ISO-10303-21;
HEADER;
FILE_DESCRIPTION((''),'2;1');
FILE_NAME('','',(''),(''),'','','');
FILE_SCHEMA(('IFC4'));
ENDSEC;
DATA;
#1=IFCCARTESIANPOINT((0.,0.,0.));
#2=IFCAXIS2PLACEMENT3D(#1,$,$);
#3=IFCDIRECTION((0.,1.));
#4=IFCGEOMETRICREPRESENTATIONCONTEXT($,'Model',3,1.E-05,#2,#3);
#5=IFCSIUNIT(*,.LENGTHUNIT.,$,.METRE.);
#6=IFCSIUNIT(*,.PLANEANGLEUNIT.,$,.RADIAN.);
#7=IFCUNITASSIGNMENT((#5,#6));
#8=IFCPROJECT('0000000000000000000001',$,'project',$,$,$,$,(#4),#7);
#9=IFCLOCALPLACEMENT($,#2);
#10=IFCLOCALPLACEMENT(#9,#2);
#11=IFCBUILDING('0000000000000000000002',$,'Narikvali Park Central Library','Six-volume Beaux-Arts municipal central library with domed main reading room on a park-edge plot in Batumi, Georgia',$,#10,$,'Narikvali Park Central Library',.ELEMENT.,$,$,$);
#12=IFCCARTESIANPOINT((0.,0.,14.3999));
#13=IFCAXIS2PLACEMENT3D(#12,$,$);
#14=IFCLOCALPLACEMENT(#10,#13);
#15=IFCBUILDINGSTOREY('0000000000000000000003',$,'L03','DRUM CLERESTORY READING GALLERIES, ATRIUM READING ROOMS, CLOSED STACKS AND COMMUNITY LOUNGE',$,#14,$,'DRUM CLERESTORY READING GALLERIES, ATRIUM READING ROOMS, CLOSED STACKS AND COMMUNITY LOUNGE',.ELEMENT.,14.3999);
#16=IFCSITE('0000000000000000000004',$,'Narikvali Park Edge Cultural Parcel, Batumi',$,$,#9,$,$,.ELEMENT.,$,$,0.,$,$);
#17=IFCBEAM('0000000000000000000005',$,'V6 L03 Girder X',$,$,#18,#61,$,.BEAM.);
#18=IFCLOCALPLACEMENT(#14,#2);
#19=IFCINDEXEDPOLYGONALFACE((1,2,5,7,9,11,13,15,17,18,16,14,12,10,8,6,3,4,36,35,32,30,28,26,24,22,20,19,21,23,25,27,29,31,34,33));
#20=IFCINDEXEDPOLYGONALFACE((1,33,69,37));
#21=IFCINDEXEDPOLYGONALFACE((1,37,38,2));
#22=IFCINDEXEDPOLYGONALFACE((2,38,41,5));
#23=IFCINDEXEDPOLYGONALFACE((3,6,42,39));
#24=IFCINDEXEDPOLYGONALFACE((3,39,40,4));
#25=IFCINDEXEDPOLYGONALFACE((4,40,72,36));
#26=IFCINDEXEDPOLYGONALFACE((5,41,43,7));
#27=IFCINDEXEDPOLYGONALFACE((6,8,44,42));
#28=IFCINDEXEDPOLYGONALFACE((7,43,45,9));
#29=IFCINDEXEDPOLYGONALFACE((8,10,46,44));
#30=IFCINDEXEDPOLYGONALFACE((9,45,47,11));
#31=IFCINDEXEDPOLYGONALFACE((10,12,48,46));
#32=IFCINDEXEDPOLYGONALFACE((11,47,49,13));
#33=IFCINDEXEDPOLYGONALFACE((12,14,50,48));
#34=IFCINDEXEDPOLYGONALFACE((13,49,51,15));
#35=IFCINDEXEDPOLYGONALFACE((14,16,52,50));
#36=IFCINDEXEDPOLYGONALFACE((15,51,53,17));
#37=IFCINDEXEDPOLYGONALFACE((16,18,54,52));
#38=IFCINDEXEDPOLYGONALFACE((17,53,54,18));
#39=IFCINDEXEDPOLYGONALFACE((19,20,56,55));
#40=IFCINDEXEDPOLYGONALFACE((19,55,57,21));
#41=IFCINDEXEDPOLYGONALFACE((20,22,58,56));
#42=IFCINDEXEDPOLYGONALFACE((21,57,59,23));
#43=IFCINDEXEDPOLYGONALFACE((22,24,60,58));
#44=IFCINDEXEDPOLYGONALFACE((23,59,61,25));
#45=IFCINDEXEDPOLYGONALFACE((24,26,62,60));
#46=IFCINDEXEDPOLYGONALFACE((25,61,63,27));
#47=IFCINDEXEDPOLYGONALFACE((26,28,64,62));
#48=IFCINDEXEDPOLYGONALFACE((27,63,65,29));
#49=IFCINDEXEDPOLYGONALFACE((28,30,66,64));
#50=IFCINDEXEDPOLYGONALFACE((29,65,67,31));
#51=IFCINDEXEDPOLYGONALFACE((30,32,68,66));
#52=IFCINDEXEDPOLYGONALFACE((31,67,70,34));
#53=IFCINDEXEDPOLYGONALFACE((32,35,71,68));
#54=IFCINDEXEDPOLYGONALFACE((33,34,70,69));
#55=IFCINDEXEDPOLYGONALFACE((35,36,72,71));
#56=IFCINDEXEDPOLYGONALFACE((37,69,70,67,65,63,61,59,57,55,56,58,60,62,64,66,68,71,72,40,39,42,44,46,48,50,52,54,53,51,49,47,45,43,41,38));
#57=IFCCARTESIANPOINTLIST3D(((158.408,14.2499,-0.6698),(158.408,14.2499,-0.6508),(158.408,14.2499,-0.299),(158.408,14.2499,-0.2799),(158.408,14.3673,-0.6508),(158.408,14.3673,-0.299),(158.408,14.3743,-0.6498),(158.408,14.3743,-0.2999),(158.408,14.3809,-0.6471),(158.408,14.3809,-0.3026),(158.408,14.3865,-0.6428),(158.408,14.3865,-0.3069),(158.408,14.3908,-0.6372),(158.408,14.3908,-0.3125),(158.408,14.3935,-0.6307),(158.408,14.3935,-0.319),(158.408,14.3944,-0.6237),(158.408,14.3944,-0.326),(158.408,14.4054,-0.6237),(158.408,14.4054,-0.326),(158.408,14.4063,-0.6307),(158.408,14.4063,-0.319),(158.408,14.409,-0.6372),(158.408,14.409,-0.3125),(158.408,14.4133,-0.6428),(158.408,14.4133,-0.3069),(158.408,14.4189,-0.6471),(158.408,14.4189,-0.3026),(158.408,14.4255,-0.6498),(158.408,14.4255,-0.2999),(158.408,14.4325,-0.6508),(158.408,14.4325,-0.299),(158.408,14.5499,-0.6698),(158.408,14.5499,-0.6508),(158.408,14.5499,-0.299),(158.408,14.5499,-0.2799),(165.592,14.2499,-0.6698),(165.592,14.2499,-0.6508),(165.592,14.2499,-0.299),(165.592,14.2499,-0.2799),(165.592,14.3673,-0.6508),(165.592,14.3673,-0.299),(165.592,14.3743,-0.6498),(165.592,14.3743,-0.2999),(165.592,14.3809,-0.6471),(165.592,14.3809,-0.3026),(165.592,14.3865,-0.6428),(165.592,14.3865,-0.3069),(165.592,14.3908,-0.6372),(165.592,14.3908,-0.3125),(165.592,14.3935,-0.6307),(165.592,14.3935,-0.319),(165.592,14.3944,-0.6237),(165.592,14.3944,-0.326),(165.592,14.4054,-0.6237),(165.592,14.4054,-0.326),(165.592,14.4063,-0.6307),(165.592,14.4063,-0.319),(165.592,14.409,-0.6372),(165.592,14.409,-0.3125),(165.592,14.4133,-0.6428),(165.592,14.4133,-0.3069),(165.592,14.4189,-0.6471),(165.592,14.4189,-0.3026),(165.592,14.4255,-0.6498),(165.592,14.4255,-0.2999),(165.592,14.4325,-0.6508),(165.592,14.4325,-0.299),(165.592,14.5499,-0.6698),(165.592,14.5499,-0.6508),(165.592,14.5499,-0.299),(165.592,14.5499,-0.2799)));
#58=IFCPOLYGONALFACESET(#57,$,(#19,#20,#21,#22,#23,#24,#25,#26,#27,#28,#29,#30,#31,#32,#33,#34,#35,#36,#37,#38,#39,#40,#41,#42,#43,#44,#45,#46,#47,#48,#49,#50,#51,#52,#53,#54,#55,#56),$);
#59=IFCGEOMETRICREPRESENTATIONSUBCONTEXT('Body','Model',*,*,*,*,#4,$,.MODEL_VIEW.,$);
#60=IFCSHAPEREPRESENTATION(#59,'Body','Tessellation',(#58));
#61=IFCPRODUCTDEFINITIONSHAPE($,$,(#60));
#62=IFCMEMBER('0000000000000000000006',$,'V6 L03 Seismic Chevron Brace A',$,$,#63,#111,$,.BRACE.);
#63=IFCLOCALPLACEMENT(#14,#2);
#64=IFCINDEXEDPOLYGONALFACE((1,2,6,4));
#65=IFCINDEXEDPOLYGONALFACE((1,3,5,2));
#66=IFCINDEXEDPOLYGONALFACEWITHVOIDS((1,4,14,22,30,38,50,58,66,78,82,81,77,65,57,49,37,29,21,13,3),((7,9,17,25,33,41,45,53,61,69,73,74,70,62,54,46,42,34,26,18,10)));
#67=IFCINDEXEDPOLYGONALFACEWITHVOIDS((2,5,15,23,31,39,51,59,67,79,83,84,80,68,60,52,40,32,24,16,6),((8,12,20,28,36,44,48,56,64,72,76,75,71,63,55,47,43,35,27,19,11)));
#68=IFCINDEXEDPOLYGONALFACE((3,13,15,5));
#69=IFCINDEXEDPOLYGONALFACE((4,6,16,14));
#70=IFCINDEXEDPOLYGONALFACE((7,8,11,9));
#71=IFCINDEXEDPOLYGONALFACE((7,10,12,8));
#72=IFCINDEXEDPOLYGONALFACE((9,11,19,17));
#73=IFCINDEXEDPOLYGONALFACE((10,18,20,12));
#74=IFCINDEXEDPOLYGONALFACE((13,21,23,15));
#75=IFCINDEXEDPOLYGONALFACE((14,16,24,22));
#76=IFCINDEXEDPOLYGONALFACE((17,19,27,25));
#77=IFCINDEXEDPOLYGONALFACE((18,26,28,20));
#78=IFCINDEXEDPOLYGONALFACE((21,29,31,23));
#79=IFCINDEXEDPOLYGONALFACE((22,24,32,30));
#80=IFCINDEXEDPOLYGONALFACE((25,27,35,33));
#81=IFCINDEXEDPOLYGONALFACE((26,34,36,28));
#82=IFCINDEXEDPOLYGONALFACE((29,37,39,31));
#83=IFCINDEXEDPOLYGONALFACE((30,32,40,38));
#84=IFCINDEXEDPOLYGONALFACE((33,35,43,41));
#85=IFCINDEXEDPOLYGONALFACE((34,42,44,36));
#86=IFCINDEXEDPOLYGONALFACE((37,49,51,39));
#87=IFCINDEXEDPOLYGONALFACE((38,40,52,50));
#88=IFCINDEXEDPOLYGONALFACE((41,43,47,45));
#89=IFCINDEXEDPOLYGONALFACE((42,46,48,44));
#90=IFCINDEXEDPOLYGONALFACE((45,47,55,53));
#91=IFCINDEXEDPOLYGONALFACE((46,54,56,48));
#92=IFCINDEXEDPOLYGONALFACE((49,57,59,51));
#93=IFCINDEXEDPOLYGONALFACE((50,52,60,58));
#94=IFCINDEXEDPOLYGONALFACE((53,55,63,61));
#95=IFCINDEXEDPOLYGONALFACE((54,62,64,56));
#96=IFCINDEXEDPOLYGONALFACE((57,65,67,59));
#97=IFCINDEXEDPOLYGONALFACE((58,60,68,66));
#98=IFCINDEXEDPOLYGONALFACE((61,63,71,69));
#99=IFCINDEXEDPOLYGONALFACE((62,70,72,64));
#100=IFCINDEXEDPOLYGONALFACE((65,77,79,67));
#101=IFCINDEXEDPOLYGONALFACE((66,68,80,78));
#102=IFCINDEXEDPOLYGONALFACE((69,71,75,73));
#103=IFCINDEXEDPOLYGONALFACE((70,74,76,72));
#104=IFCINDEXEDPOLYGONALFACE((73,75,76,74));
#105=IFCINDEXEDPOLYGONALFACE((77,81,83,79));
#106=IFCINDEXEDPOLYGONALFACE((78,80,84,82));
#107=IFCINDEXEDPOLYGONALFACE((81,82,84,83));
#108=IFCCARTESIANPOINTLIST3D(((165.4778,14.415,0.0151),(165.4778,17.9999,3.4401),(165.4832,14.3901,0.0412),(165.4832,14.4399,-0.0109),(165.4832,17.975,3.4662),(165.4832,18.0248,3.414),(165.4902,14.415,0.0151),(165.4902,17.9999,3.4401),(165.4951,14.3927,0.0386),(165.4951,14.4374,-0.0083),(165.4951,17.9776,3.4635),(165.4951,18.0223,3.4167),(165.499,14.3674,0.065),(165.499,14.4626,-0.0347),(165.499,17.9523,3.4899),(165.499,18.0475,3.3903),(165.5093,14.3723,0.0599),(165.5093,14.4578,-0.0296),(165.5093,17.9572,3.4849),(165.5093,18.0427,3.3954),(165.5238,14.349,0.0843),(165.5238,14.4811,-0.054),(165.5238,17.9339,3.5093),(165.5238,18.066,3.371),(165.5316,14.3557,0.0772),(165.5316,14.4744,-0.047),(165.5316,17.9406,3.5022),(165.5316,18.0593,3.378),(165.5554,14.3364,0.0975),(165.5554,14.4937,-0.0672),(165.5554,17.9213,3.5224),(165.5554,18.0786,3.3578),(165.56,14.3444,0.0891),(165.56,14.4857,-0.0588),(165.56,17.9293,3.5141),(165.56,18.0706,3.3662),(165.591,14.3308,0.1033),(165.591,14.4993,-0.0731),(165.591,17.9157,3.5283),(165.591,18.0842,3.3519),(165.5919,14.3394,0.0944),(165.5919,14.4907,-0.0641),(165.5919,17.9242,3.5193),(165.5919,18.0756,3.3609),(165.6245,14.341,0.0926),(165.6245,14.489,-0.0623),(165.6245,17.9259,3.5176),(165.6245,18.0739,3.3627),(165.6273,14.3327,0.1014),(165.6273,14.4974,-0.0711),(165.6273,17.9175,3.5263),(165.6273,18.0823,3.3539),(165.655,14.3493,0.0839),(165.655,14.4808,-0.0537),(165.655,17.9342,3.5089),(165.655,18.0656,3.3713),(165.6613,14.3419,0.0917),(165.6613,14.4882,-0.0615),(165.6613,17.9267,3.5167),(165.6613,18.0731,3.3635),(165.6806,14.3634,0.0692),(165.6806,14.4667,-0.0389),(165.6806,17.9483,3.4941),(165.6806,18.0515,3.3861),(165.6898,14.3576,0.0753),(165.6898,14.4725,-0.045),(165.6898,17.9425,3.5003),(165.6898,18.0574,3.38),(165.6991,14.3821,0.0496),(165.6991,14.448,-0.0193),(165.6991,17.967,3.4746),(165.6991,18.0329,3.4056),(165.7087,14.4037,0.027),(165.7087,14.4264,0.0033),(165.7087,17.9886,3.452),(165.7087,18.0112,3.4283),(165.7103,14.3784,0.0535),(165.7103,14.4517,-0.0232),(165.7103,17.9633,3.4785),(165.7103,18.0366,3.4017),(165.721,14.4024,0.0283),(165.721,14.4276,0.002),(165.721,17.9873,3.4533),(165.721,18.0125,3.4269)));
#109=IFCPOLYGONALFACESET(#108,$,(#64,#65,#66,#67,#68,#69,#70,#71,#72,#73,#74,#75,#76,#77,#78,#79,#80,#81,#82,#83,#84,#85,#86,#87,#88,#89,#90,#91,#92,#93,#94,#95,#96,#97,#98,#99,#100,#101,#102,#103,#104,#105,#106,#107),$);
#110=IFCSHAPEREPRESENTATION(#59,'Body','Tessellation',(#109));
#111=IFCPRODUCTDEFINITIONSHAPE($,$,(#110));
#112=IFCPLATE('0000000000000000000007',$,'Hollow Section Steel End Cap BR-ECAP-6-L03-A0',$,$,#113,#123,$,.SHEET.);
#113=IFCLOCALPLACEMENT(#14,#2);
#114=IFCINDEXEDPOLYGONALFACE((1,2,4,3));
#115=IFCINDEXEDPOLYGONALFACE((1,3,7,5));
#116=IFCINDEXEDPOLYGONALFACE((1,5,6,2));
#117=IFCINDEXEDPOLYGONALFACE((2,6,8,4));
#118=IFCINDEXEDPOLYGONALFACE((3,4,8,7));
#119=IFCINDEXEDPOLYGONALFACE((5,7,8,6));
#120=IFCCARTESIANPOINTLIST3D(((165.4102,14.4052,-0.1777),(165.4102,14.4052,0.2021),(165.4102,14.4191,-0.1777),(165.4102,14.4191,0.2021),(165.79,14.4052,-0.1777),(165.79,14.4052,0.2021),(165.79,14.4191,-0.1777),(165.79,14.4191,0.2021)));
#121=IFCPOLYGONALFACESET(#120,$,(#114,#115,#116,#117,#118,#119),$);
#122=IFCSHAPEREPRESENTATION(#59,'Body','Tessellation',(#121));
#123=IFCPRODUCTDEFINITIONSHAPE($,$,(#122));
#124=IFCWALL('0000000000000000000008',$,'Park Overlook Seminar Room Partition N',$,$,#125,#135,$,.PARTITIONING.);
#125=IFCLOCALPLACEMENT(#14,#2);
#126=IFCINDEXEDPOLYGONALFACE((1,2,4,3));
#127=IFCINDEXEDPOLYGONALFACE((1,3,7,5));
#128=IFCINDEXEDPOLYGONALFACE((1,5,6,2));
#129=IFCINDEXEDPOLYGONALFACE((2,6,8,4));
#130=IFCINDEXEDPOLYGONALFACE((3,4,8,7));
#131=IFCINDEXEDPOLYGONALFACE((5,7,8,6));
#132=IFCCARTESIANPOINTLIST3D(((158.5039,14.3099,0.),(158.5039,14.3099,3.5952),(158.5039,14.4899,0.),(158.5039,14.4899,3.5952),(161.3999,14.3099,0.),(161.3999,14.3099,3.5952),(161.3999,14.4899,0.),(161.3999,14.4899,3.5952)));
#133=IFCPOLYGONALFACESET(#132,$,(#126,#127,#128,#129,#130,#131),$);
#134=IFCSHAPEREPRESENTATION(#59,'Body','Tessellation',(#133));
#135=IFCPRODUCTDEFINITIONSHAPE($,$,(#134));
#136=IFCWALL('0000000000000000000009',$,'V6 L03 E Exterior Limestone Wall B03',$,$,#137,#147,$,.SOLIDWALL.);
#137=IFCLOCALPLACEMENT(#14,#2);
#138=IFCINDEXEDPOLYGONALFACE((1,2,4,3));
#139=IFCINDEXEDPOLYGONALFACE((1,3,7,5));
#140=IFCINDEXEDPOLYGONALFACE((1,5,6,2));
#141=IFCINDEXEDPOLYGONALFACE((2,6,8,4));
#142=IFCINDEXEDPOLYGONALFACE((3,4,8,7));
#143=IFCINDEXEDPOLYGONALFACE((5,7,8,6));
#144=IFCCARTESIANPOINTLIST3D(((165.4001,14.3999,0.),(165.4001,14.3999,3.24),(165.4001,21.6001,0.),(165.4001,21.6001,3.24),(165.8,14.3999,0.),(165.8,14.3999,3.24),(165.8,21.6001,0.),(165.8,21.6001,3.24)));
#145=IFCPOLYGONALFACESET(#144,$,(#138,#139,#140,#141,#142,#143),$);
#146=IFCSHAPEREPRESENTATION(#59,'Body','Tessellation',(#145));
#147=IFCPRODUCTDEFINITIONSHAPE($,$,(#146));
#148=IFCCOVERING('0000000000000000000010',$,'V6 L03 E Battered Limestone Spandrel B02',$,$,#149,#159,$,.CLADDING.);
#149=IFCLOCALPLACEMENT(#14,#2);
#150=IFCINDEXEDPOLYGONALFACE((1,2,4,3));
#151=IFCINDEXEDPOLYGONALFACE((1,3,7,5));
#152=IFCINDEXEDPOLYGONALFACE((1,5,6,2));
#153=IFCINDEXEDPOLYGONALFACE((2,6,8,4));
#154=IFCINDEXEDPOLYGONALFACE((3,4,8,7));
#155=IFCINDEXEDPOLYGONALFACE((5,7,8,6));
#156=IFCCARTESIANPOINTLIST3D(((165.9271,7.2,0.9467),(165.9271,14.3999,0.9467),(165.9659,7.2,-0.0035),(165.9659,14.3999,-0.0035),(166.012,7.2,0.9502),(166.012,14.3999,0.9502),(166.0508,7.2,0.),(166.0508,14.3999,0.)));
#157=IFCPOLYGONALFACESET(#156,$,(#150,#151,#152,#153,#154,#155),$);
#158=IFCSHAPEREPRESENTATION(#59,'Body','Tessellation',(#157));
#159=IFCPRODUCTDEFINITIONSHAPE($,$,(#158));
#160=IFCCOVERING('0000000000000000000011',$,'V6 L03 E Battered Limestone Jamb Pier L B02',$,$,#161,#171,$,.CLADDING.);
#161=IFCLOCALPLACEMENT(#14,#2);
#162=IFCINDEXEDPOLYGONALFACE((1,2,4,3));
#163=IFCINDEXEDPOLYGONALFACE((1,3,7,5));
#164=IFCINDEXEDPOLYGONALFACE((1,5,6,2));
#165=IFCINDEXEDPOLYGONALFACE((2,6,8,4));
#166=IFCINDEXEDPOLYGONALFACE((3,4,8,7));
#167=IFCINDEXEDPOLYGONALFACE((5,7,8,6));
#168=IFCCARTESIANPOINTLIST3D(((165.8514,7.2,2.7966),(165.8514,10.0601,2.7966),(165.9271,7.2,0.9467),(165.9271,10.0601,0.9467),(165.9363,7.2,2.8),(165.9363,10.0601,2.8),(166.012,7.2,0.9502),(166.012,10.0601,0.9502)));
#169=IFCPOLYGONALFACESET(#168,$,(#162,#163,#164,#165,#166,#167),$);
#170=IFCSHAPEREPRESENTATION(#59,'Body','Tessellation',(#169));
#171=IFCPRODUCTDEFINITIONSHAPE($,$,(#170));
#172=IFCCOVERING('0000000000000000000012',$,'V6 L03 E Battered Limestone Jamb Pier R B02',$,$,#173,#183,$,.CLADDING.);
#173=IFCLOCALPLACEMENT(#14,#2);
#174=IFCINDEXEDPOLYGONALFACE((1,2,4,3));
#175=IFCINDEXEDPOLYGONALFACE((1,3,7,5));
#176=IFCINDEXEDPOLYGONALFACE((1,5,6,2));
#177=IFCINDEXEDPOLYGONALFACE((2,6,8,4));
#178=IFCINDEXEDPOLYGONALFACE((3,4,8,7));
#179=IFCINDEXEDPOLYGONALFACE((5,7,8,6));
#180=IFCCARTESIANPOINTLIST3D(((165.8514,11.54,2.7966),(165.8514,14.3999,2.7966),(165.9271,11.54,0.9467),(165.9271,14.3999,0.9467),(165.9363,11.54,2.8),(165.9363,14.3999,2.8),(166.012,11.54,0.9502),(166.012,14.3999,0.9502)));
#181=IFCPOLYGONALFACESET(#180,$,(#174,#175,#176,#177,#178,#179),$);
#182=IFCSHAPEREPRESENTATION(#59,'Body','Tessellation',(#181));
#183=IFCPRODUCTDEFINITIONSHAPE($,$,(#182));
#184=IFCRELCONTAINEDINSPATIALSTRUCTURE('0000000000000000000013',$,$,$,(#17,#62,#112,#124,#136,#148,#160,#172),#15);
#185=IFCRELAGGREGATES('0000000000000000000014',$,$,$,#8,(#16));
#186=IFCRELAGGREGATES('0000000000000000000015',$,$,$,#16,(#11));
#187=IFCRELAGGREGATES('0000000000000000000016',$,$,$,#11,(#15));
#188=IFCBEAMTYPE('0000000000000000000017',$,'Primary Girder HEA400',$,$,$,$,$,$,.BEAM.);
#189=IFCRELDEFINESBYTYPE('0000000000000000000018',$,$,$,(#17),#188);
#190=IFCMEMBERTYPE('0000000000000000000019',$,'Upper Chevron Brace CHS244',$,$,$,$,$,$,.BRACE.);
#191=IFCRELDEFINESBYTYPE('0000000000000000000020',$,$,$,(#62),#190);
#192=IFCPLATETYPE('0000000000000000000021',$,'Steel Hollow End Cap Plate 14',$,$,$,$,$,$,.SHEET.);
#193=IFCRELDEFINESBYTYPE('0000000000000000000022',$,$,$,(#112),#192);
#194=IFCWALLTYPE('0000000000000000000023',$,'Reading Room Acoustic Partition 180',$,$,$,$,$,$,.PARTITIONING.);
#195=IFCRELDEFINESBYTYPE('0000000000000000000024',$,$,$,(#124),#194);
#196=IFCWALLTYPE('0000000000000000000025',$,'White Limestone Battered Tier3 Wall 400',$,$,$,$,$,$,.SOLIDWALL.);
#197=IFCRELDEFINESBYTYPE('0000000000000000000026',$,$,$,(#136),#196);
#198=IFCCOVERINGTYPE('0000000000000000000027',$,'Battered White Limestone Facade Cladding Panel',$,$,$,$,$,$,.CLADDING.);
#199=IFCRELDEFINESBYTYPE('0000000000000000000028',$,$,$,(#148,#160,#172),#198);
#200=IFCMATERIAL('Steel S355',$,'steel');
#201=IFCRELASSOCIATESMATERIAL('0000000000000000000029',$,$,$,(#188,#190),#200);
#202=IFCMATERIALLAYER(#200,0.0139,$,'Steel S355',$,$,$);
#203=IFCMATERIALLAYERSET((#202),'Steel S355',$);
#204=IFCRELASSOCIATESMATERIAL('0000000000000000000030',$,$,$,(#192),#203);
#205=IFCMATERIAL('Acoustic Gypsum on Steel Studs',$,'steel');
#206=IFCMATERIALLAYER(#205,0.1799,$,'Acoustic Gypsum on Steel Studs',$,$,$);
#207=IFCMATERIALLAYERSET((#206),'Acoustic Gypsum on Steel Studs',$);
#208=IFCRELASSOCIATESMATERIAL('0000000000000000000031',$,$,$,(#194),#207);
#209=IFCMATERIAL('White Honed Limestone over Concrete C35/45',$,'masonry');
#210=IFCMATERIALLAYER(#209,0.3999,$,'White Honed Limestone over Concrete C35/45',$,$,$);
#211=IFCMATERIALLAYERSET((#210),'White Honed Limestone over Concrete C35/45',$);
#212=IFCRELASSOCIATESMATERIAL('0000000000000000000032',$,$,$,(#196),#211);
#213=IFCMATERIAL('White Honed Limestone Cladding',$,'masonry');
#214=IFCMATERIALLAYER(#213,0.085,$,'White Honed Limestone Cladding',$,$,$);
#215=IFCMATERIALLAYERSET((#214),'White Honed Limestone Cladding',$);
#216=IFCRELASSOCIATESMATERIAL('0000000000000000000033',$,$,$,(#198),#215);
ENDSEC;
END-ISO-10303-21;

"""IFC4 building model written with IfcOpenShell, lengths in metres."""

from ifc_helpers import new_model, si_unit, direction, frame, frame_2d, origin, origin_2d, place, context, subcontext, project, spatial, polyline, rectangle, hollow_circle, i_section, outline, extrude, material, layer, layer_set, material_profile, profile_set, type_object, element, save


model = new_model("IFC4")

# Units and contexts
model_context = context("Model", 3, precision=1e-05, world=origin(), true_north=direction((0.0, 1.0)))
body_context = subcontext(model_context, "Body", "Model", "MODEL_VIEW")
ifc_project = project(units=[si_unit("LENGTHUNIT", "METRE"), si_unit("PLANEANGLEUNIT", "RADIAN")], contexts=[model_context])

# Site, building, storey
site_placement = place(None, origin())
site = spatial("IfcSite", under=ifc_project, at=site_placement, Name="Narikvali Park Edge Cultural Parcel, Batumi", CompositionType="ELEMENT", RefElevation=0.0)
building_placement = place(site_placement, origin())
building = spatial("IfcBuilding", under=site, at=building_placement, Name="Narikvali Park Central Library", Description="Six-volume Beaux-Arts municipal central library with domed main reading room on a park-edge plot in Batumi, Georgia", LongName="Narikvali Park Central Library", CompositionType="ELEMENT")
storey_placement = place(building_placement, frame((0.0, 0.0, 14.3999)))
storey = spatial("IfcBuildingStorey", under=building, at=storey_placement, Name="L03", Description="DRUM CLERESTORY READING GALLERIES, ATRIUM READING ROOMS, CLOSED STACKS AND COMMUNITY LOUNGE", LongName="DRUM CLERESTORY READING GALLERIES, ATRIUM READING ROOMS, CLOSED STACKS AND COMMUNITY LOUNGE", CompositionType="ELEMENT", Elevation=14.3999)

# Shared definitions
ifc_material_1 = material(Name="Steel S355", Category="steel")

# Beam
ifc_material_profile_1 = material_profile(ifc_material_1, i_section(OverallWidth=0.3, OverallDepth=0.3899, WebThickness=0.011, FlangeThickness=0.019, FilletRadius=0.0271, at=origin_2d()), Name="HEA 400")
ifc_profile_set_1 = profile_set([ifc_material_profile_1], Name="Steel S355")
beam_type_1 = type_object("IfcBeamType", Name="Primary Girder HEA400", PredefinedType="BEAM", material=ifc_profile_set_1)
beam_placement = place(storey_placement, frame((158.408, 14.3999, -0.4749), z_axis=(1.0, 0.0, 0.0), x_axis=(0.0, 1.0, 0.0)))
element("IfcBeam", 1, at=beam_placement, inside=storey, type_object=beam_type_1, Name="V6 L03 Girder X", PredefinedType="BEAM", context=body_context, shape_type="SweptSolid", body=[
    extrude(i_section(OverallWidth=0.3, OverallDepth=0.3899, WebThickness=0.011, FlangeThickness=0.019, FilletRadius=0.0271, at=origin_2d()), origin(), (0.0, 0.0, 1.0), 7.1841),
])

# Member
ifc_material_profile_2 = material_profile(ifc_material_1, hollow_circle(Radius=0.1223, WallThickness=0.0125, at=origin_2d()), Name="CHS 244.5x12.5")
ifc_profile_set_2 = profile_set([ifc_material_profile_2], Name="Steel S355")
member_type = type_object("IfcMemberType", Name="Upper Chevron Brace CHS244", PredefinedType="BRACE", material=ifc_profile_set_2)
member_placement = place(storey_placement, frame((165.6001, 14.415, 0.0151), z_axis=(0.0, 0.723049, 0.690797), x_axis=(-1.0, 0.0, 0.0)))
element("IfcMember", 2, at=member_placement, inside=storey, type_object=member_type, Name="V6 L03 Seismic Chevron Brace A", PredefinedType="BRACE", context=body_context, shape_type="SweptSolid", body=[
    extrude(hollow_circle(Radius=0.1223, WallThickness=0.0125, at=origin_2d()), origin(), (0.0, 0.0, 1.0), 4.958),
])

# Plate
ifc_layer_1 = layer(ifc_material_1, 0.0139, Name="Steel S355")
ifc_layer_set_1 = layer_set([ifc_layer_1], Name="Steel S355")
plate_type = type_object("IfcPlateType", Name="Steel Hollow End Cap Plate 14", PredefinedType="SHEET", material=ifc_layer_set_1)
plate_placement = place(storey_placement, frame((165.6001, 14.4121, -0.1777), z_axis=(0.0, 0.0, 1.0), x_axis=(-1.0, 0.0, 0.0)))
element("IfcPlate", 3, at=plate_placement, inside=storey, type_object=plate_type, Name="Hollow Section Steel End Cap BR-ECAP-6-L03-A0", PredefinedType="SHEET", context=body_context, shape_type="SweptSolid", body=[
    extrude(rectangle(XDim=0.3799, YDim=0.0139, at=origin_2d()), origin(), (0.0, 0.0, 1.0), 0.3799),
])

# Walls
ifc_material_2 = material(Name="Acoustic Gypsum on Steel Studs", Category="steel")
ifc_layer_2 = layer(ifc_material_2, 0.1799, Name="Acoustic Gypsum on Steel Studs")
ifc_layer_set_2 = layer_set([ifc_layer_2], Name="Acoustic Gypsum on Steel Studs")
wall_type_1 = type_object("IfcWallType", Name="Reading Room Acoustic Partition 180", PredefinedType="PARTITIONING", material=ifc_layer_set_2)
wall_1_placement = place(storey_placement, frame((158.5039, 14.3999, 0.0), z_axis=(0.0, 0.0, 1.0), x_axis=(1.0, 0.0, 0.0)))
element("IfcWall", 4, at=wall_1_placement, inside=storey, type_object=wall_type_1, Name="Park Overlook Seminar Room Partition N", PredefinedType="PARTITIONING", context=body_context, shape_type="SweptSolid", body=[
    extrude(rectangle(XDim=2.896, YDim=0.1799, at=frame_2d((1.448, 0.0))), origin(), (0.0, 0.0, 1.0), 3.5952),
])
ifc_material_3 = material(Name="White Honed Limestone over Concrete C35/45", Category="masonry")
ifc_layer_3 = layer(ifc_material_3, 0.3999, Name="White Honed Limestone over Concrete C35/45")
ifc_layer_set_3 = layer_set([ifc_layer_3], Name="White Honed Limestone over Concrete C35/45")
wall_type_2 = type_object("IfcWallType", Name="White Limestone Battered Tier3 Wall 400", PredefinedType="SOLIDWALL", material=ifc_layer_set_3)
wall_2_placement = place(storey_placement, frame((165.6001, 14.3999, 0.0), z_axis=(0.0, 0.0, 1.0), x_axis=(0.0, 1.0, 0.0)))
element("IfcWall", 5, at=wall_2_placement, inside=storey, type_object=wall_type_2, Name="V6 L03 E Exterior Limestone Wall B03", PredefinedType="SOLIDWALL", context=body_context, shape_type="SweptSolid", body=[
    extrude(rectangle(XDim=7.2002, YDim=0.3999, at=frame_2d((3.6001, 0.0))), origin(), (0.0, 0.0, 1.0), 3.24),
])

# Coverings
ifc_material_4 = material(Name="White Honed Limestone Cladding", Category="masonry")
ifc_layer_4 = layer(ifc_material_4, 0.085, Name="White Honed Limestone Cladding")
ifc_layer_set_4 = layer_set([ifc_layer_4], Name="White Honed Limestone Cladding")
covering_type = type_object("IfcCoveringType", Name="Battered White Limestone Facade Cladding Panel", PredefinedType="CLADDING", material=ifc_layer_set_4)
covering_1_placement = place(storey_placement, frame((166.0508, 7.2, 0.0), z_axis=(0.999167, 0.0, 0.040819), x_axis=(0.0, 1.0, 0.0)))
element("IfcCovering", 6, at=covering_1_placement, inside=storey, type_object=covering_type, Name="V6 L03 E Battered Limestone Spandrel B02", PredefinedType="CLADDING", context=body_context, shape_type="SweptSolid", body=[
    extrude(outline(polyline([(0.0, 0.0), (7.2, 0.0), (7.2, 0.951), (0.0, 0.951), (0.0, 0.0)])), origin(), (0.0, 0.0, -1.0), 0.085),
])
covering_2_placement = place(storey_placement, frame((166.012, 7.2, 0.9502), z_axis=(0.999164, 0.0, 0.040879), x_axis=(0.0, 1.0, 0.0)))
element("IfcCovering", 7, at=covering_2_placement, inside=storey, type_object=covering_type, Name="V6 L03 E Battered Limestone Jamb Pier L B02", PredefinedType="CLADDING", context=body_context, shape_type="SweptSolid", body=[
    extrude(outline(polyline([(0.0, 0.0), (2.8601, 0.0), (2.8601, 1.8514), (0.0, 1.8514), (0.0, 0.0)])), origin(), (0.0, 0.0, -1.0), 0.085),
])
covering_3_placement = place(storey_placement, frame((166.012, 11.54, 0.9502), z_axis=(0.999164, 0.0, 0.040879), x_axis=(0.0, 1.0, 0.0)))
element("IfcCovering", 8, at=covering_3_placement, inside=storey, type_object=covering_type, Name="V6 L03 E Battered Limestone Jamb Pier R B02", PredefinedType="CLADDING", context=body_context, shape_type="SweptSolid", body=[
    extrude(outline(polyline([(0.0, 0.0), (2.8599, 0.0), (2.8599, 1.8514), (0.0, 1.8514), (0.0, 0.0)])), origin(), (0.0, 0.0, -1.0), 0.085),
])

save(model, "model.ifc")
